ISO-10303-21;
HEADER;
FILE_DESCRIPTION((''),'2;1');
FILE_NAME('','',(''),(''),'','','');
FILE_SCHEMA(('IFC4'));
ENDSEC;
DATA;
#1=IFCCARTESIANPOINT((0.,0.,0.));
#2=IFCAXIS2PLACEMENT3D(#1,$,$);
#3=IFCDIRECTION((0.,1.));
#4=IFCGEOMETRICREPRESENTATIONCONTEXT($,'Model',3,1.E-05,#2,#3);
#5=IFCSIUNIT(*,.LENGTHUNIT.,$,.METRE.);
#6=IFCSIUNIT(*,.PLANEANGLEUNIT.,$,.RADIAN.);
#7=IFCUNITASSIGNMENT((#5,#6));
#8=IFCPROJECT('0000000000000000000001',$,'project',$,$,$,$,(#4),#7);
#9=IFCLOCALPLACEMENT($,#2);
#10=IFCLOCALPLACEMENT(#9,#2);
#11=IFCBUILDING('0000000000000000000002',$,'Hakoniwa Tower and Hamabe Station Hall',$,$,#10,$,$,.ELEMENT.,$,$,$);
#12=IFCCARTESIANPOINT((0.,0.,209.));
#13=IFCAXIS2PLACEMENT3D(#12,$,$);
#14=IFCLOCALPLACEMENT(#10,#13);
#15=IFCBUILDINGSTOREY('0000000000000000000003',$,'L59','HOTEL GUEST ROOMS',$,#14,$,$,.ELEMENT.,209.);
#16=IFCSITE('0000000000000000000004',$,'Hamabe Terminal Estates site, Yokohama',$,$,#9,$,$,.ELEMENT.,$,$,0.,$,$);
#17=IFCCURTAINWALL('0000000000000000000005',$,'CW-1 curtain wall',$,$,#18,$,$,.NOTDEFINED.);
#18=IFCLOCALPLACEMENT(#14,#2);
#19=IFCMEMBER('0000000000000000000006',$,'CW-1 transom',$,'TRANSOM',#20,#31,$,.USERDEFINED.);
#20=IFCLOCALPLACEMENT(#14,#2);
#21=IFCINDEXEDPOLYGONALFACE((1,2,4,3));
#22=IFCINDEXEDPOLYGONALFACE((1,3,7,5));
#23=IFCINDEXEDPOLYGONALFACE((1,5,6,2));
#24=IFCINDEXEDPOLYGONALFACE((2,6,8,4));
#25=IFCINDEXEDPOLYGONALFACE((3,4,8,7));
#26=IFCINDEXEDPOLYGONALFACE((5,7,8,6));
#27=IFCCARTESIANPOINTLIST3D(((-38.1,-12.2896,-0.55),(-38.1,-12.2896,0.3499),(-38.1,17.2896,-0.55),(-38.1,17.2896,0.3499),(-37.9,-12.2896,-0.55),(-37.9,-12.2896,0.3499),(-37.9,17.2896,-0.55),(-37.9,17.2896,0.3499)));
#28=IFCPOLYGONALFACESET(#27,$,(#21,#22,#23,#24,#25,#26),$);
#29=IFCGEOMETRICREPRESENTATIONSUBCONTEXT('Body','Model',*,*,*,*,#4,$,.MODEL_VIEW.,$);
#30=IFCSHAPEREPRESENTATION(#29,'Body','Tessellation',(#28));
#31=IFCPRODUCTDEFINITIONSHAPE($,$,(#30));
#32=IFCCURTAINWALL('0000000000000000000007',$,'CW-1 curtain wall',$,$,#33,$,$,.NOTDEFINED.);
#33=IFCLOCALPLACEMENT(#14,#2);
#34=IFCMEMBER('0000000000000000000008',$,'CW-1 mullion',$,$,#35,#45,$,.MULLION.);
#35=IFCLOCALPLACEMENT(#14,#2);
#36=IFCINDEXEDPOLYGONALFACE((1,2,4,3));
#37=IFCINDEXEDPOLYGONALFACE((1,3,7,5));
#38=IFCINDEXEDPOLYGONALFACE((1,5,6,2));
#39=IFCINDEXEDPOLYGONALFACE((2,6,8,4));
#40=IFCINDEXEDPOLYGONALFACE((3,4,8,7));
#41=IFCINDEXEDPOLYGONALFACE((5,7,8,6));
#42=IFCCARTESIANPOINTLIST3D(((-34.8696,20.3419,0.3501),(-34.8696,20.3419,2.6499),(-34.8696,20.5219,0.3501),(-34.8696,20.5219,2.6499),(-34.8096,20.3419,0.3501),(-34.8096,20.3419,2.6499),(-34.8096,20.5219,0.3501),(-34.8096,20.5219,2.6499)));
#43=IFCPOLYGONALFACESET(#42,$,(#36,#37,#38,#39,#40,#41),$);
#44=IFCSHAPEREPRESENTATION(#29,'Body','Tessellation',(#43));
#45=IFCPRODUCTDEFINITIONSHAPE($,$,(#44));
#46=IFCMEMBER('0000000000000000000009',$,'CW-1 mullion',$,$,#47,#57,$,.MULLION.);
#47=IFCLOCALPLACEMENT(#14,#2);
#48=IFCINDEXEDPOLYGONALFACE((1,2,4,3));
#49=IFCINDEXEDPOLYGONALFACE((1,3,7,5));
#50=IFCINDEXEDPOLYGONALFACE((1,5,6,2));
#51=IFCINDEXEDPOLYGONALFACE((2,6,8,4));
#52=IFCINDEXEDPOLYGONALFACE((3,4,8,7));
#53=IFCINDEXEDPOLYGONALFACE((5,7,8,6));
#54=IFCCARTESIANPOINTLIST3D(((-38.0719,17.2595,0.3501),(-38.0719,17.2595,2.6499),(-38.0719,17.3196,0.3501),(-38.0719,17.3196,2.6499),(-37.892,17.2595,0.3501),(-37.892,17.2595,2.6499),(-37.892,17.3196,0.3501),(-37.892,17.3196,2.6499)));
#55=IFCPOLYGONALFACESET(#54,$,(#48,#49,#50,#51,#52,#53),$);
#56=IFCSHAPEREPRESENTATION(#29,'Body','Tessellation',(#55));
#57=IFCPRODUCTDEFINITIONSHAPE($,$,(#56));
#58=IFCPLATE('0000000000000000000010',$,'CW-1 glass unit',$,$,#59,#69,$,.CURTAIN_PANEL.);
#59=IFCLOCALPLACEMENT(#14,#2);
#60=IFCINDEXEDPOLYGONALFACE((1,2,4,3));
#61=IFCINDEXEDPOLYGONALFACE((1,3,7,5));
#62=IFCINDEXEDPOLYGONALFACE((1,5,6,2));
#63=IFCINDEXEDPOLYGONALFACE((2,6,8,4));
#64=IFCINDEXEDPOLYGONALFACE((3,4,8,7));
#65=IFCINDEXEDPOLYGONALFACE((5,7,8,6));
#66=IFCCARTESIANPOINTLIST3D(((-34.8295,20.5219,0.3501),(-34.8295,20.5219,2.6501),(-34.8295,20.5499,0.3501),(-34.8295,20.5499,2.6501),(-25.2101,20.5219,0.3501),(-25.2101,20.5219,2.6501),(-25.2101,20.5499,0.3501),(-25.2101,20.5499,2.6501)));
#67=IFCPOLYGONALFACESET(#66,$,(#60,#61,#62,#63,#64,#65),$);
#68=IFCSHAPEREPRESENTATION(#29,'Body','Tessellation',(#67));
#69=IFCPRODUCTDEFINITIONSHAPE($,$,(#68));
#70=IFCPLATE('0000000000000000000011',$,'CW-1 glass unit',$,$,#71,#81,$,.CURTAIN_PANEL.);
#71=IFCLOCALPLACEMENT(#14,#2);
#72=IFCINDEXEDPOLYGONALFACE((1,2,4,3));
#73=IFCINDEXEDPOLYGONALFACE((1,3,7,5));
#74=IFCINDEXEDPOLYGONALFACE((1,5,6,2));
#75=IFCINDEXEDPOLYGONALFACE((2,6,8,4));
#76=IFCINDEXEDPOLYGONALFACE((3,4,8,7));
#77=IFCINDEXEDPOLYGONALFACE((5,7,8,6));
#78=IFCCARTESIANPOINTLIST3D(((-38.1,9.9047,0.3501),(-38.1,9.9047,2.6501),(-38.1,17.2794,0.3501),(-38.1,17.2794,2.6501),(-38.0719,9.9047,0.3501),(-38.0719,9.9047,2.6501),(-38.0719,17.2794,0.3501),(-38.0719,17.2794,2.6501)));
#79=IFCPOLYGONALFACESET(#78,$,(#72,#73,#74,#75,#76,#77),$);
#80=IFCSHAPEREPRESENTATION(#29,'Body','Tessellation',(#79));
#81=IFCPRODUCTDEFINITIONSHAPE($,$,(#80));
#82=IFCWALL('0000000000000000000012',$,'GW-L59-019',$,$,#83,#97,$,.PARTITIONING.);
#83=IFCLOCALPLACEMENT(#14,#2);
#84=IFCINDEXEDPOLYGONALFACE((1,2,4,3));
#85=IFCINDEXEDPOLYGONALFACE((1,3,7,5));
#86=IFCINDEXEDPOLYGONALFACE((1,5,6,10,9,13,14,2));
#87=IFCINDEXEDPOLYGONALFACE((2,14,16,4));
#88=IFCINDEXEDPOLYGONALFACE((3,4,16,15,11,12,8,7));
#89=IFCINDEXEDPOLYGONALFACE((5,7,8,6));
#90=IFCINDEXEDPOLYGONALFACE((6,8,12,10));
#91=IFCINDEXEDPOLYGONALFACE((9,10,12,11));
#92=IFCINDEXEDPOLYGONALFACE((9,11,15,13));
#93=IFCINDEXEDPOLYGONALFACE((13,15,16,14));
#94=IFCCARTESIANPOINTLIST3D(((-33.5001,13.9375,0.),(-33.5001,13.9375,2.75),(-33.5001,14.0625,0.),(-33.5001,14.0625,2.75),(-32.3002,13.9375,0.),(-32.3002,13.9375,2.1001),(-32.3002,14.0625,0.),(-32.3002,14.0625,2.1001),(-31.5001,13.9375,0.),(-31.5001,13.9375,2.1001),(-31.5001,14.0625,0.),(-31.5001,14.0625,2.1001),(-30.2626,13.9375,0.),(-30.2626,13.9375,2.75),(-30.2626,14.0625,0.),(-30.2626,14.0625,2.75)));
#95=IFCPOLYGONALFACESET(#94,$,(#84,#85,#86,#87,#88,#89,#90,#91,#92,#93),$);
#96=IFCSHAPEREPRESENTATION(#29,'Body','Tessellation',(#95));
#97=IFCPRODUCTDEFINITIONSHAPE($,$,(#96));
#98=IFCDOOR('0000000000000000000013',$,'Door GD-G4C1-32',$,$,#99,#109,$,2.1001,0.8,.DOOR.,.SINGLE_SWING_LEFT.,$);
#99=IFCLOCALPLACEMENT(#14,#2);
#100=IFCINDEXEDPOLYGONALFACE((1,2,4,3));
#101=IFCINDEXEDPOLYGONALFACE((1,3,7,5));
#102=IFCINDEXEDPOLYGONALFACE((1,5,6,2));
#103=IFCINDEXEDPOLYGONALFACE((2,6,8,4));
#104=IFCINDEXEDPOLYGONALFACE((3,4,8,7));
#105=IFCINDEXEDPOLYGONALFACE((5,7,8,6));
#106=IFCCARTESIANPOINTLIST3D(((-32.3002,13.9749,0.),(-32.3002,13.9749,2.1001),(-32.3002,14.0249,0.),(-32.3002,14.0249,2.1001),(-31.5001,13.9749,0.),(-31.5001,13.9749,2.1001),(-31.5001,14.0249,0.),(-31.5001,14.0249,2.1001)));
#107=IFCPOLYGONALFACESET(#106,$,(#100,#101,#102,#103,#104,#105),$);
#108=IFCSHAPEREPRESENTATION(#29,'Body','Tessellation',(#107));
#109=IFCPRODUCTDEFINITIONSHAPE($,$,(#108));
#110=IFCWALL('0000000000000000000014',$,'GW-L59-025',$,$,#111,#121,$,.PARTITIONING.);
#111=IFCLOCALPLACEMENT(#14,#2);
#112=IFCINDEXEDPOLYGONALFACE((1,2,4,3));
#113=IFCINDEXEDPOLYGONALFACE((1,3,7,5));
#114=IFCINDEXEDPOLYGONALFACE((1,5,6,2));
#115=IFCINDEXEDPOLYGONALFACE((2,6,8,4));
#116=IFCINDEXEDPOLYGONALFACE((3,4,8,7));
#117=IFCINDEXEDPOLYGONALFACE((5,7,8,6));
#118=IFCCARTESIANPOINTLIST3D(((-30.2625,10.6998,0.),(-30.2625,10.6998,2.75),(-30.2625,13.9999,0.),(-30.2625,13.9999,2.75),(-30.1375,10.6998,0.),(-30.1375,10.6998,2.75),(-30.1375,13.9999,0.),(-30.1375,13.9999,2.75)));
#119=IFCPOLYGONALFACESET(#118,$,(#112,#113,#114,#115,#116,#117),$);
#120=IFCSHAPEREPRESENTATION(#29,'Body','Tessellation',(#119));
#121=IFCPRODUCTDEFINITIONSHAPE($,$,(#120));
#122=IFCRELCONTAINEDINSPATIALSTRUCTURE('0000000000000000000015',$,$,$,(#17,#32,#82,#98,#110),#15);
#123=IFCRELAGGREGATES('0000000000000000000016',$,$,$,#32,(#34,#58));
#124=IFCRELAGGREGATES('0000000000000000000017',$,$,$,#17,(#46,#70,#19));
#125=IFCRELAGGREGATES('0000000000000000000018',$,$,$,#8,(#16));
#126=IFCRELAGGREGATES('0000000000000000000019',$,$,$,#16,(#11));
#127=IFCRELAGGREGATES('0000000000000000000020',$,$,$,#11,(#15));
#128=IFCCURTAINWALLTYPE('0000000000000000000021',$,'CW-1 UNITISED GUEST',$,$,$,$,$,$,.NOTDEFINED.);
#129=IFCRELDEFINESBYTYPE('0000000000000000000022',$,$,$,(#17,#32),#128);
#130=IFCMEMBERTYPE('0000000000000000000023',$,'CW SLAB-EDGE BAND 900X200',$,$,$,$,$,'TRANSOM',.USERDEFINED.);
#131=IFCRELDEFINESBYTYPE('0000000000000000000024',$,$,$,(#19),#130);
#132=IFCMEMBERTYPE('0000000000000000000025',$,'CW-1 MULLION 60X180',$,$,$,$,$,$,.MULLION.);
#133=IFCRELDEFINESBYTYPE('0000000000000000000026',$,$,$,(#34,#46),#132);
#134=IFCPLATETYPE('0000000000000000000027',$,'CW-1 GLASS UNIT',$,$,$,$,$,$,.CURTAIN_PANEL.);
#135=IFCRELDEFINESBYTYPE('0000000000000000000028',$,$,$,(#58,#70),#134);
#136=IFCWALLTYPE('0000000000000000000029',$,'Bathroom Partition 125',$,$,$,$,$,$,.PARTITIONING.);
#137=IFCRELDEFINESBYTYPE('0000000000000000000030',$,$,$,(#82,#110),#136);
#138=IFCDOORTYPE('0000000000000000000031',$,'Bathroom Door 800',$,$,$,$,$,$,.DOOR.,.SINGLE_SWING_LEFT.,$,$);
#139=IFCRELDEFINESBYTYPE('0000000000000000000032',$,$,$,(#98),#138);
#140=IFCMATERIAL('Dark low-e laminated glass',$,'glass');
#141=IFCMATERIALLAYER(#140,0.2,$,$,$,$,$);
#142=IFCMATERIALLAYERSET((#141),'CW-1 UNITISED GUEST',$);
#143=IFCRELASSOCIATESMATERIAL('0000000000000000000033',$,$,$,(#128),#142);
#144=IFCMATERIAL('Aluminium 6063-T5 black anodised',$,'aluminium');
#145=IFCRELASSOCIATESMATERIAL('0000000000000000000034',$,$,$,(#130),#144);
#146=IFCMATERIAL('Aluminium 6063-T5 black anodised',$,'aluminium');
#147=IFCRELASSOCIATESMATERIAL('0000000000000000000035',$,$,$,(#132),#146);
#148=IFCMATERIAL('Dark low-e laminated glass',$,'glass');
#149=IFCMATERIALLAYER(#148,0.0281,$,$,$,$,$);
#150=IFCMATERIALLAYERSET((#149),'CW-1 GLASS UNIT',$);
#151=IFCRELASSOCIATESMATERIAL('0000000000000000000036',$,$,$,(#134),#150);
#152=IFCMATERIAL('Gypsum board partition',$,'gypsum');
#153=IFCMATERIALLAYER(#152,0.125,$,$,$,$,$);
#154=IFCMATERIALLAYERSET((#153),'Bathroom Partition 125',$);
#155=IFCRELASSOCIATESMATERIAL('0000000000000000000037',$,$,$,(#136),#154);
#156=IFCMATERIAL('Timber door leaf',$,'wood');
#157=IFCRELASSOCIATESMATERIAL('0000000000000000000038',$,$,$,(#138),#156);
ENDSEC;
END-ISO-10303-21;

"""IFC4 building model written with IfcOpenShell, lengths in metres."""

from ifc_helpers import new_model, si_unit, direction, frame, frame_2d, origin, origin_2d, place, context, subcontext, project, spatial, rectangle, extrude, material, layer, layer_set, material_profile, profile_set, type_object, element, fill, aggregate, save


model = new_model("IFC4")

# Units and contexts
model_context = context("Model", 3, precision=1e-05, world=origin(), true_north=direction((0.0, 1.0)))
body_context = subcontext(model_context, "Body", "Model", "MODEL_VIEW")
ifc_project = project(units=[si_unit("LENGTHUNIT", "METRE"), si_unit("PLANEANGLEUNIT", "RADIAN")], contexts=[model_context])

# Site, building, storey
site_placement = place(None, origin())
site = spatial("IfcSite", under=ifc_project, at=site_placement, Name="Hamabe Terminal Estates site, Yokohama", CompositionType="ELEMENT", RefElevation=0.0)
building_placement = place(site_placement, origin())
building = spatial("IfcBuilding", under=site, at=building_placement, Name="Hakoniwa Tower and Hamabe Station Hall", CompositionType="ELEMENT")
storey_placement = place(building_placement, frame((0.0, 0.0, 209.0)))
storey = spatial("IfcBuildingStorey", under=building, at=storey_placement, Name="L59", Description="HOTEL GUEST ROOMS", CompositionType="ELEMENT", Elevation=209.0)

# Curtain walls, members
ifc_material_1 = material(Name="Dark low-e laminated glass", Category="glass")
ifc_layer_1 = layer(ifc_material_1, 0.2)
ifc_layer_set_1 = layer_set([ifc_layer_1], Name="CW-1 UNITISED GUEST")
curtain_wall_type = type_object("IfcCurtainWallType", Name="CW-1 UNITISED GUEST", PredefinedType="NOTDEFINED", material=ifc_layer_set_1)
curtain_wall_1_placement = place(storey_placement, origin())
curtain_wall_1 = element("IfcCurtainWall", 1, at=curtain_wall_1_placement, inside=storey, type_object=curtain_wall_type, Name="CW-1 curtain wall", PredefinedType="NOTDEFINED")
ifc_material_2 = material(Name="Aluminium 6063-T5 black anodised", Category="aluminium")
ifc_material_profile_1 = material_profile(ifc_material_2, rectangle(XDim=0.2, YDim=0.8999, at=origin_2d()), Name="CW SLAB-EDGE BAND 900X200")
ifc_profile_set_1 = profile_set([ifc_material_profile_1], Name="Aluminium 6063-T5 black anodised")
member_type_1 = type_object("IfcMemberType", Name="CW SLAB-EDGE BAND 900X200", ElementType="TRANSOM", PredefinedType="USERDEFINED", material=ifc_profile_set_1)
member_1_placement = place(storey_placement, frame((-38.0, 17.2896, -0.1001), z_axis=(0.0, -1.0, 0.0), x_axis=(1.0, 0.0, 0.0)))
member_1 = element("IfcMember", 2, at=member_1_placement, type_object=member_type_1, Name="CW-1 transom", ObjectType="TRANSOM", PredefinedType="USERDEFINED", context=body_context, shape_type="SweptSolid", body=[
    extrude(rectangle(XDim=0.2, YDim=0.8999, at=origin_2d()), origin(), (0.0, 0.0, 1.0), 29.5791),
])
curtain_wall_2_placement = place(storey_placement, origin())
curtain_wall_2 = element("IfcCurtainWall", 3, at=curtain_wall_2_placement, inside=storey, type_object=curtain_wall_type, Name="CW-1 curtain wall", PredefinedType="NOTDEFINED")
ifc_material_3 = material(Name="Aluminium 6063-T5 black anodised", Category="aluminium")
ifc_material_profile_2 = material_profile(ifc_material_3, rectangle(XDim=0.0601, YDim=0.1799, at=origin_2d()), Name="CW-1 MULLION 60X180")
ifc_profile_set_2 = profile_set([ifc_material_profile_2], Name="Aluminium 6063-T5 black anodised")
member_type_2 = type_object("IfcMemberType", Name="CW-1 MULLION 60X180", PredefinedType="MULLION", material=ifc_profile_set_2)
member_2_placement = place(storey_placement, frame((-34.8396, 20.4319, 0.3501), z_axis=(0.0, 0.0, 1.0), x_axis=(-1.0, 0.0, 0.0)))
member_2 = element("IfcMember", 4, at=member_2_placement, type_object=member_type_2, Name="CW-1 mullion", PredefinedType="MULLION", context=body_context, shape_type="SweptSolid", body=[
    extrude(rectangle(XDim=0.0601, YDim=0.1799, at=origin_2d()), origin(), (0.0, 0.0, 1.0), 2.2998),
])

# Member
member_3_placement = place(storey_placement, frame((-37.9819, 17.2896, 0.3501), z_axis=(0.0, 0.0, 1.0), x_axis=(0.0, -1.0, 0.0)))
member_3 = element("IfcMember", 5, at=member_3_placement, type_object=member_type_2, Name="CW-1 mullion", PredefinedType="MULLION", context=body_context, shape_type="SweptSolid", body=[
    extrude(rectangle(XDim=0.0601, YDim=0.1799, at=origin_2d()), origin(), (0.0, 0.0, 1.0), 2.2998),
])

# Plates
ifc_material_4 = material(Name="Dark low-e laminated glass", Category="glass")
ifc_layer_2 = layer(ifc_material_4, 0.0281)
ifc_layer_set_2 = layer_set([ifc_layer_2], Name="CW-1 GLASS UNIT")
plate_type = type_object("IfcPlateType", Name="CW-1 GLASS UNIT", PredefinedType="CURTAIN_PANEL", material=ifc_layer_set_2)
plate_1_placement = place(storey_placement, frame((-30.0198, 20.5359, 0.3501), z_axis=(0.0, 0.0, 1.0), x_axis=(-1.0, 0.0, 0.0)))
plate_1 = element("IfcPlate", 6, at=plate_1_placement, type_object=plate_type, Name="CW-1 glass unit", PredefinedType="CURTAIN_PANEL", context=body_context, shape_type="SweptSolid", body=[
    extrude(rectangle(XDim=9.6194, YDim=0.0281, at=origin_2d()), origin(), (0.0, 0.0, 1.0), 2.3),
])
aggregate(curtain_wall_2, [member_2, plate_1])
plate_2_placement = place(storey_placement, frame((-38.0859, 13.592, 0.3501), z_axis=(0.0, 0.0, 1.0), x_axis=(0.0, -1.0, 0.0)))
plate_2 = element("IfcPlate", 7, at=plate_2_placement, type_object=plate_type, Name="CW-1 glass unit", PredefinedType="CURTAIN_PANEL", context=body_context, shape_type="SweptSolid", body=[
    extrude(rectangle(XDim=7.3748, YDim=0.0281, at=origin_2d()), origin(), (0.0, 0.0, 1.0), 2.3),
])
aggregate(curtain_wall_1, [member_3, plate_2, member_1])

# Wall, opening, door
ifc_material_5 = material(Name="Gypsum board partition", Category="gypsum")
ifc_layer_3 = layer(ifc_material_5, 0.125)
ifc_layer_set_3 = layer_set([ifc_layer_3], Name="Bathroom Partition 125")
wall_type_1 = type_object("IfcWallType", Name="Bathroom Partition 125", PredefinedType="PARTITIONING", material=ifc_layer_set_3)
wall_1_placement = place(storey_placement, frame((-33.5, 14.0, 0.0), z_axis=(0.0, 0.0, 1.0), x_axis=(1.0, 0.0, 0.0)))
wall_1 = element("IfcWall", 8, at=wall_1_placement, inside=storey, type_object=wall_type_1, Name="GW-L59-019", PredefinedType="PARTITIONING", context=body_context, shape_type="SweptSolid", body=[
    extrude(rectangle(XDim=3.2375, YDim=0.125, at=frame_2d((1.6187, 0.0))), origin(), (0.0, 0.0, 1.0), 2.75),
])
opening_1_placement = place(wall_1_placement, frame((1.2, 0.0, 0.0)))
opening_1 = element("IfcOpeningElement", 9, at=opening_1_placement, cuts=wall_1, PredefinedType="OPENING", context=body_context, shape_type="SweptSolid", body=[
    extrude(rectangle(XDim=0.8, YDim=2.1001, at=frame_2d((0.3999, 1.05))), frame((0.0, 0.0725, 0.0), z_axis=(0.0, -1.0, 0.0), x_axis=(1.0, 0.0, 0.0)), (0.0, 0.0, 1.0), 0.145),
])
ifc_material_6 = material(Name="Timber door leaf", Category="wood")
door_type_1 = type_object("IfcDoorType", Name="Bathroom Door 800", OperationType="SINGLE_SWING_LEFT", PredefinedType="DOOR", material=ifc_material_6)
door_1_placement = place(opening_1_placement, origin())
door_1 = element("IfcDoor", 10, at=door_1_placement, inside=storey, type_object=door_type_1, Name="Door GD-G4C1-32", OperationType="SINGLE_SWING_LEFT", OverallHeight=2.1001, OverallWidth=0.8, PredefinedType="DOOR", context=body_context, shape_type="SweptSolid", body=[
    extrude(rectangle(XDim=0.8, YDim=2.1001, at=frame_2d((0.3999, 1.05))), frame((0.0, 0.0249, 0.0), z_axis=(0.0, -1.0, 0.0), x_axis=(1.0, 0.0, 0.0)), (0.0, 0.0, 1.0), 0.05),
])
fill(opening_1, door_1)

# Wall
wall_2_placement = place(storey_placement, frame((-30.2, 10.7, 0.0), z_axis=(0.0, 0.0, 1.0), x_axis=(0.0, 1.0, 0.0)))
element("IfcWall", 11, at=wall_2_placement, inside=storey, type_object=wall_type_1, Name="GW-L59-025", PredefinedType="PARTITIONING", context=body_context, shape_type="SweptSolid", body=[
    extrude(rectangle(XDim=3.3, YDim=0.125, at=frame_2d((1.6499, 0.0))), origin(), (0.0, 0.0, 1.0), 2.75),
])

save(model, "model.ifc")
